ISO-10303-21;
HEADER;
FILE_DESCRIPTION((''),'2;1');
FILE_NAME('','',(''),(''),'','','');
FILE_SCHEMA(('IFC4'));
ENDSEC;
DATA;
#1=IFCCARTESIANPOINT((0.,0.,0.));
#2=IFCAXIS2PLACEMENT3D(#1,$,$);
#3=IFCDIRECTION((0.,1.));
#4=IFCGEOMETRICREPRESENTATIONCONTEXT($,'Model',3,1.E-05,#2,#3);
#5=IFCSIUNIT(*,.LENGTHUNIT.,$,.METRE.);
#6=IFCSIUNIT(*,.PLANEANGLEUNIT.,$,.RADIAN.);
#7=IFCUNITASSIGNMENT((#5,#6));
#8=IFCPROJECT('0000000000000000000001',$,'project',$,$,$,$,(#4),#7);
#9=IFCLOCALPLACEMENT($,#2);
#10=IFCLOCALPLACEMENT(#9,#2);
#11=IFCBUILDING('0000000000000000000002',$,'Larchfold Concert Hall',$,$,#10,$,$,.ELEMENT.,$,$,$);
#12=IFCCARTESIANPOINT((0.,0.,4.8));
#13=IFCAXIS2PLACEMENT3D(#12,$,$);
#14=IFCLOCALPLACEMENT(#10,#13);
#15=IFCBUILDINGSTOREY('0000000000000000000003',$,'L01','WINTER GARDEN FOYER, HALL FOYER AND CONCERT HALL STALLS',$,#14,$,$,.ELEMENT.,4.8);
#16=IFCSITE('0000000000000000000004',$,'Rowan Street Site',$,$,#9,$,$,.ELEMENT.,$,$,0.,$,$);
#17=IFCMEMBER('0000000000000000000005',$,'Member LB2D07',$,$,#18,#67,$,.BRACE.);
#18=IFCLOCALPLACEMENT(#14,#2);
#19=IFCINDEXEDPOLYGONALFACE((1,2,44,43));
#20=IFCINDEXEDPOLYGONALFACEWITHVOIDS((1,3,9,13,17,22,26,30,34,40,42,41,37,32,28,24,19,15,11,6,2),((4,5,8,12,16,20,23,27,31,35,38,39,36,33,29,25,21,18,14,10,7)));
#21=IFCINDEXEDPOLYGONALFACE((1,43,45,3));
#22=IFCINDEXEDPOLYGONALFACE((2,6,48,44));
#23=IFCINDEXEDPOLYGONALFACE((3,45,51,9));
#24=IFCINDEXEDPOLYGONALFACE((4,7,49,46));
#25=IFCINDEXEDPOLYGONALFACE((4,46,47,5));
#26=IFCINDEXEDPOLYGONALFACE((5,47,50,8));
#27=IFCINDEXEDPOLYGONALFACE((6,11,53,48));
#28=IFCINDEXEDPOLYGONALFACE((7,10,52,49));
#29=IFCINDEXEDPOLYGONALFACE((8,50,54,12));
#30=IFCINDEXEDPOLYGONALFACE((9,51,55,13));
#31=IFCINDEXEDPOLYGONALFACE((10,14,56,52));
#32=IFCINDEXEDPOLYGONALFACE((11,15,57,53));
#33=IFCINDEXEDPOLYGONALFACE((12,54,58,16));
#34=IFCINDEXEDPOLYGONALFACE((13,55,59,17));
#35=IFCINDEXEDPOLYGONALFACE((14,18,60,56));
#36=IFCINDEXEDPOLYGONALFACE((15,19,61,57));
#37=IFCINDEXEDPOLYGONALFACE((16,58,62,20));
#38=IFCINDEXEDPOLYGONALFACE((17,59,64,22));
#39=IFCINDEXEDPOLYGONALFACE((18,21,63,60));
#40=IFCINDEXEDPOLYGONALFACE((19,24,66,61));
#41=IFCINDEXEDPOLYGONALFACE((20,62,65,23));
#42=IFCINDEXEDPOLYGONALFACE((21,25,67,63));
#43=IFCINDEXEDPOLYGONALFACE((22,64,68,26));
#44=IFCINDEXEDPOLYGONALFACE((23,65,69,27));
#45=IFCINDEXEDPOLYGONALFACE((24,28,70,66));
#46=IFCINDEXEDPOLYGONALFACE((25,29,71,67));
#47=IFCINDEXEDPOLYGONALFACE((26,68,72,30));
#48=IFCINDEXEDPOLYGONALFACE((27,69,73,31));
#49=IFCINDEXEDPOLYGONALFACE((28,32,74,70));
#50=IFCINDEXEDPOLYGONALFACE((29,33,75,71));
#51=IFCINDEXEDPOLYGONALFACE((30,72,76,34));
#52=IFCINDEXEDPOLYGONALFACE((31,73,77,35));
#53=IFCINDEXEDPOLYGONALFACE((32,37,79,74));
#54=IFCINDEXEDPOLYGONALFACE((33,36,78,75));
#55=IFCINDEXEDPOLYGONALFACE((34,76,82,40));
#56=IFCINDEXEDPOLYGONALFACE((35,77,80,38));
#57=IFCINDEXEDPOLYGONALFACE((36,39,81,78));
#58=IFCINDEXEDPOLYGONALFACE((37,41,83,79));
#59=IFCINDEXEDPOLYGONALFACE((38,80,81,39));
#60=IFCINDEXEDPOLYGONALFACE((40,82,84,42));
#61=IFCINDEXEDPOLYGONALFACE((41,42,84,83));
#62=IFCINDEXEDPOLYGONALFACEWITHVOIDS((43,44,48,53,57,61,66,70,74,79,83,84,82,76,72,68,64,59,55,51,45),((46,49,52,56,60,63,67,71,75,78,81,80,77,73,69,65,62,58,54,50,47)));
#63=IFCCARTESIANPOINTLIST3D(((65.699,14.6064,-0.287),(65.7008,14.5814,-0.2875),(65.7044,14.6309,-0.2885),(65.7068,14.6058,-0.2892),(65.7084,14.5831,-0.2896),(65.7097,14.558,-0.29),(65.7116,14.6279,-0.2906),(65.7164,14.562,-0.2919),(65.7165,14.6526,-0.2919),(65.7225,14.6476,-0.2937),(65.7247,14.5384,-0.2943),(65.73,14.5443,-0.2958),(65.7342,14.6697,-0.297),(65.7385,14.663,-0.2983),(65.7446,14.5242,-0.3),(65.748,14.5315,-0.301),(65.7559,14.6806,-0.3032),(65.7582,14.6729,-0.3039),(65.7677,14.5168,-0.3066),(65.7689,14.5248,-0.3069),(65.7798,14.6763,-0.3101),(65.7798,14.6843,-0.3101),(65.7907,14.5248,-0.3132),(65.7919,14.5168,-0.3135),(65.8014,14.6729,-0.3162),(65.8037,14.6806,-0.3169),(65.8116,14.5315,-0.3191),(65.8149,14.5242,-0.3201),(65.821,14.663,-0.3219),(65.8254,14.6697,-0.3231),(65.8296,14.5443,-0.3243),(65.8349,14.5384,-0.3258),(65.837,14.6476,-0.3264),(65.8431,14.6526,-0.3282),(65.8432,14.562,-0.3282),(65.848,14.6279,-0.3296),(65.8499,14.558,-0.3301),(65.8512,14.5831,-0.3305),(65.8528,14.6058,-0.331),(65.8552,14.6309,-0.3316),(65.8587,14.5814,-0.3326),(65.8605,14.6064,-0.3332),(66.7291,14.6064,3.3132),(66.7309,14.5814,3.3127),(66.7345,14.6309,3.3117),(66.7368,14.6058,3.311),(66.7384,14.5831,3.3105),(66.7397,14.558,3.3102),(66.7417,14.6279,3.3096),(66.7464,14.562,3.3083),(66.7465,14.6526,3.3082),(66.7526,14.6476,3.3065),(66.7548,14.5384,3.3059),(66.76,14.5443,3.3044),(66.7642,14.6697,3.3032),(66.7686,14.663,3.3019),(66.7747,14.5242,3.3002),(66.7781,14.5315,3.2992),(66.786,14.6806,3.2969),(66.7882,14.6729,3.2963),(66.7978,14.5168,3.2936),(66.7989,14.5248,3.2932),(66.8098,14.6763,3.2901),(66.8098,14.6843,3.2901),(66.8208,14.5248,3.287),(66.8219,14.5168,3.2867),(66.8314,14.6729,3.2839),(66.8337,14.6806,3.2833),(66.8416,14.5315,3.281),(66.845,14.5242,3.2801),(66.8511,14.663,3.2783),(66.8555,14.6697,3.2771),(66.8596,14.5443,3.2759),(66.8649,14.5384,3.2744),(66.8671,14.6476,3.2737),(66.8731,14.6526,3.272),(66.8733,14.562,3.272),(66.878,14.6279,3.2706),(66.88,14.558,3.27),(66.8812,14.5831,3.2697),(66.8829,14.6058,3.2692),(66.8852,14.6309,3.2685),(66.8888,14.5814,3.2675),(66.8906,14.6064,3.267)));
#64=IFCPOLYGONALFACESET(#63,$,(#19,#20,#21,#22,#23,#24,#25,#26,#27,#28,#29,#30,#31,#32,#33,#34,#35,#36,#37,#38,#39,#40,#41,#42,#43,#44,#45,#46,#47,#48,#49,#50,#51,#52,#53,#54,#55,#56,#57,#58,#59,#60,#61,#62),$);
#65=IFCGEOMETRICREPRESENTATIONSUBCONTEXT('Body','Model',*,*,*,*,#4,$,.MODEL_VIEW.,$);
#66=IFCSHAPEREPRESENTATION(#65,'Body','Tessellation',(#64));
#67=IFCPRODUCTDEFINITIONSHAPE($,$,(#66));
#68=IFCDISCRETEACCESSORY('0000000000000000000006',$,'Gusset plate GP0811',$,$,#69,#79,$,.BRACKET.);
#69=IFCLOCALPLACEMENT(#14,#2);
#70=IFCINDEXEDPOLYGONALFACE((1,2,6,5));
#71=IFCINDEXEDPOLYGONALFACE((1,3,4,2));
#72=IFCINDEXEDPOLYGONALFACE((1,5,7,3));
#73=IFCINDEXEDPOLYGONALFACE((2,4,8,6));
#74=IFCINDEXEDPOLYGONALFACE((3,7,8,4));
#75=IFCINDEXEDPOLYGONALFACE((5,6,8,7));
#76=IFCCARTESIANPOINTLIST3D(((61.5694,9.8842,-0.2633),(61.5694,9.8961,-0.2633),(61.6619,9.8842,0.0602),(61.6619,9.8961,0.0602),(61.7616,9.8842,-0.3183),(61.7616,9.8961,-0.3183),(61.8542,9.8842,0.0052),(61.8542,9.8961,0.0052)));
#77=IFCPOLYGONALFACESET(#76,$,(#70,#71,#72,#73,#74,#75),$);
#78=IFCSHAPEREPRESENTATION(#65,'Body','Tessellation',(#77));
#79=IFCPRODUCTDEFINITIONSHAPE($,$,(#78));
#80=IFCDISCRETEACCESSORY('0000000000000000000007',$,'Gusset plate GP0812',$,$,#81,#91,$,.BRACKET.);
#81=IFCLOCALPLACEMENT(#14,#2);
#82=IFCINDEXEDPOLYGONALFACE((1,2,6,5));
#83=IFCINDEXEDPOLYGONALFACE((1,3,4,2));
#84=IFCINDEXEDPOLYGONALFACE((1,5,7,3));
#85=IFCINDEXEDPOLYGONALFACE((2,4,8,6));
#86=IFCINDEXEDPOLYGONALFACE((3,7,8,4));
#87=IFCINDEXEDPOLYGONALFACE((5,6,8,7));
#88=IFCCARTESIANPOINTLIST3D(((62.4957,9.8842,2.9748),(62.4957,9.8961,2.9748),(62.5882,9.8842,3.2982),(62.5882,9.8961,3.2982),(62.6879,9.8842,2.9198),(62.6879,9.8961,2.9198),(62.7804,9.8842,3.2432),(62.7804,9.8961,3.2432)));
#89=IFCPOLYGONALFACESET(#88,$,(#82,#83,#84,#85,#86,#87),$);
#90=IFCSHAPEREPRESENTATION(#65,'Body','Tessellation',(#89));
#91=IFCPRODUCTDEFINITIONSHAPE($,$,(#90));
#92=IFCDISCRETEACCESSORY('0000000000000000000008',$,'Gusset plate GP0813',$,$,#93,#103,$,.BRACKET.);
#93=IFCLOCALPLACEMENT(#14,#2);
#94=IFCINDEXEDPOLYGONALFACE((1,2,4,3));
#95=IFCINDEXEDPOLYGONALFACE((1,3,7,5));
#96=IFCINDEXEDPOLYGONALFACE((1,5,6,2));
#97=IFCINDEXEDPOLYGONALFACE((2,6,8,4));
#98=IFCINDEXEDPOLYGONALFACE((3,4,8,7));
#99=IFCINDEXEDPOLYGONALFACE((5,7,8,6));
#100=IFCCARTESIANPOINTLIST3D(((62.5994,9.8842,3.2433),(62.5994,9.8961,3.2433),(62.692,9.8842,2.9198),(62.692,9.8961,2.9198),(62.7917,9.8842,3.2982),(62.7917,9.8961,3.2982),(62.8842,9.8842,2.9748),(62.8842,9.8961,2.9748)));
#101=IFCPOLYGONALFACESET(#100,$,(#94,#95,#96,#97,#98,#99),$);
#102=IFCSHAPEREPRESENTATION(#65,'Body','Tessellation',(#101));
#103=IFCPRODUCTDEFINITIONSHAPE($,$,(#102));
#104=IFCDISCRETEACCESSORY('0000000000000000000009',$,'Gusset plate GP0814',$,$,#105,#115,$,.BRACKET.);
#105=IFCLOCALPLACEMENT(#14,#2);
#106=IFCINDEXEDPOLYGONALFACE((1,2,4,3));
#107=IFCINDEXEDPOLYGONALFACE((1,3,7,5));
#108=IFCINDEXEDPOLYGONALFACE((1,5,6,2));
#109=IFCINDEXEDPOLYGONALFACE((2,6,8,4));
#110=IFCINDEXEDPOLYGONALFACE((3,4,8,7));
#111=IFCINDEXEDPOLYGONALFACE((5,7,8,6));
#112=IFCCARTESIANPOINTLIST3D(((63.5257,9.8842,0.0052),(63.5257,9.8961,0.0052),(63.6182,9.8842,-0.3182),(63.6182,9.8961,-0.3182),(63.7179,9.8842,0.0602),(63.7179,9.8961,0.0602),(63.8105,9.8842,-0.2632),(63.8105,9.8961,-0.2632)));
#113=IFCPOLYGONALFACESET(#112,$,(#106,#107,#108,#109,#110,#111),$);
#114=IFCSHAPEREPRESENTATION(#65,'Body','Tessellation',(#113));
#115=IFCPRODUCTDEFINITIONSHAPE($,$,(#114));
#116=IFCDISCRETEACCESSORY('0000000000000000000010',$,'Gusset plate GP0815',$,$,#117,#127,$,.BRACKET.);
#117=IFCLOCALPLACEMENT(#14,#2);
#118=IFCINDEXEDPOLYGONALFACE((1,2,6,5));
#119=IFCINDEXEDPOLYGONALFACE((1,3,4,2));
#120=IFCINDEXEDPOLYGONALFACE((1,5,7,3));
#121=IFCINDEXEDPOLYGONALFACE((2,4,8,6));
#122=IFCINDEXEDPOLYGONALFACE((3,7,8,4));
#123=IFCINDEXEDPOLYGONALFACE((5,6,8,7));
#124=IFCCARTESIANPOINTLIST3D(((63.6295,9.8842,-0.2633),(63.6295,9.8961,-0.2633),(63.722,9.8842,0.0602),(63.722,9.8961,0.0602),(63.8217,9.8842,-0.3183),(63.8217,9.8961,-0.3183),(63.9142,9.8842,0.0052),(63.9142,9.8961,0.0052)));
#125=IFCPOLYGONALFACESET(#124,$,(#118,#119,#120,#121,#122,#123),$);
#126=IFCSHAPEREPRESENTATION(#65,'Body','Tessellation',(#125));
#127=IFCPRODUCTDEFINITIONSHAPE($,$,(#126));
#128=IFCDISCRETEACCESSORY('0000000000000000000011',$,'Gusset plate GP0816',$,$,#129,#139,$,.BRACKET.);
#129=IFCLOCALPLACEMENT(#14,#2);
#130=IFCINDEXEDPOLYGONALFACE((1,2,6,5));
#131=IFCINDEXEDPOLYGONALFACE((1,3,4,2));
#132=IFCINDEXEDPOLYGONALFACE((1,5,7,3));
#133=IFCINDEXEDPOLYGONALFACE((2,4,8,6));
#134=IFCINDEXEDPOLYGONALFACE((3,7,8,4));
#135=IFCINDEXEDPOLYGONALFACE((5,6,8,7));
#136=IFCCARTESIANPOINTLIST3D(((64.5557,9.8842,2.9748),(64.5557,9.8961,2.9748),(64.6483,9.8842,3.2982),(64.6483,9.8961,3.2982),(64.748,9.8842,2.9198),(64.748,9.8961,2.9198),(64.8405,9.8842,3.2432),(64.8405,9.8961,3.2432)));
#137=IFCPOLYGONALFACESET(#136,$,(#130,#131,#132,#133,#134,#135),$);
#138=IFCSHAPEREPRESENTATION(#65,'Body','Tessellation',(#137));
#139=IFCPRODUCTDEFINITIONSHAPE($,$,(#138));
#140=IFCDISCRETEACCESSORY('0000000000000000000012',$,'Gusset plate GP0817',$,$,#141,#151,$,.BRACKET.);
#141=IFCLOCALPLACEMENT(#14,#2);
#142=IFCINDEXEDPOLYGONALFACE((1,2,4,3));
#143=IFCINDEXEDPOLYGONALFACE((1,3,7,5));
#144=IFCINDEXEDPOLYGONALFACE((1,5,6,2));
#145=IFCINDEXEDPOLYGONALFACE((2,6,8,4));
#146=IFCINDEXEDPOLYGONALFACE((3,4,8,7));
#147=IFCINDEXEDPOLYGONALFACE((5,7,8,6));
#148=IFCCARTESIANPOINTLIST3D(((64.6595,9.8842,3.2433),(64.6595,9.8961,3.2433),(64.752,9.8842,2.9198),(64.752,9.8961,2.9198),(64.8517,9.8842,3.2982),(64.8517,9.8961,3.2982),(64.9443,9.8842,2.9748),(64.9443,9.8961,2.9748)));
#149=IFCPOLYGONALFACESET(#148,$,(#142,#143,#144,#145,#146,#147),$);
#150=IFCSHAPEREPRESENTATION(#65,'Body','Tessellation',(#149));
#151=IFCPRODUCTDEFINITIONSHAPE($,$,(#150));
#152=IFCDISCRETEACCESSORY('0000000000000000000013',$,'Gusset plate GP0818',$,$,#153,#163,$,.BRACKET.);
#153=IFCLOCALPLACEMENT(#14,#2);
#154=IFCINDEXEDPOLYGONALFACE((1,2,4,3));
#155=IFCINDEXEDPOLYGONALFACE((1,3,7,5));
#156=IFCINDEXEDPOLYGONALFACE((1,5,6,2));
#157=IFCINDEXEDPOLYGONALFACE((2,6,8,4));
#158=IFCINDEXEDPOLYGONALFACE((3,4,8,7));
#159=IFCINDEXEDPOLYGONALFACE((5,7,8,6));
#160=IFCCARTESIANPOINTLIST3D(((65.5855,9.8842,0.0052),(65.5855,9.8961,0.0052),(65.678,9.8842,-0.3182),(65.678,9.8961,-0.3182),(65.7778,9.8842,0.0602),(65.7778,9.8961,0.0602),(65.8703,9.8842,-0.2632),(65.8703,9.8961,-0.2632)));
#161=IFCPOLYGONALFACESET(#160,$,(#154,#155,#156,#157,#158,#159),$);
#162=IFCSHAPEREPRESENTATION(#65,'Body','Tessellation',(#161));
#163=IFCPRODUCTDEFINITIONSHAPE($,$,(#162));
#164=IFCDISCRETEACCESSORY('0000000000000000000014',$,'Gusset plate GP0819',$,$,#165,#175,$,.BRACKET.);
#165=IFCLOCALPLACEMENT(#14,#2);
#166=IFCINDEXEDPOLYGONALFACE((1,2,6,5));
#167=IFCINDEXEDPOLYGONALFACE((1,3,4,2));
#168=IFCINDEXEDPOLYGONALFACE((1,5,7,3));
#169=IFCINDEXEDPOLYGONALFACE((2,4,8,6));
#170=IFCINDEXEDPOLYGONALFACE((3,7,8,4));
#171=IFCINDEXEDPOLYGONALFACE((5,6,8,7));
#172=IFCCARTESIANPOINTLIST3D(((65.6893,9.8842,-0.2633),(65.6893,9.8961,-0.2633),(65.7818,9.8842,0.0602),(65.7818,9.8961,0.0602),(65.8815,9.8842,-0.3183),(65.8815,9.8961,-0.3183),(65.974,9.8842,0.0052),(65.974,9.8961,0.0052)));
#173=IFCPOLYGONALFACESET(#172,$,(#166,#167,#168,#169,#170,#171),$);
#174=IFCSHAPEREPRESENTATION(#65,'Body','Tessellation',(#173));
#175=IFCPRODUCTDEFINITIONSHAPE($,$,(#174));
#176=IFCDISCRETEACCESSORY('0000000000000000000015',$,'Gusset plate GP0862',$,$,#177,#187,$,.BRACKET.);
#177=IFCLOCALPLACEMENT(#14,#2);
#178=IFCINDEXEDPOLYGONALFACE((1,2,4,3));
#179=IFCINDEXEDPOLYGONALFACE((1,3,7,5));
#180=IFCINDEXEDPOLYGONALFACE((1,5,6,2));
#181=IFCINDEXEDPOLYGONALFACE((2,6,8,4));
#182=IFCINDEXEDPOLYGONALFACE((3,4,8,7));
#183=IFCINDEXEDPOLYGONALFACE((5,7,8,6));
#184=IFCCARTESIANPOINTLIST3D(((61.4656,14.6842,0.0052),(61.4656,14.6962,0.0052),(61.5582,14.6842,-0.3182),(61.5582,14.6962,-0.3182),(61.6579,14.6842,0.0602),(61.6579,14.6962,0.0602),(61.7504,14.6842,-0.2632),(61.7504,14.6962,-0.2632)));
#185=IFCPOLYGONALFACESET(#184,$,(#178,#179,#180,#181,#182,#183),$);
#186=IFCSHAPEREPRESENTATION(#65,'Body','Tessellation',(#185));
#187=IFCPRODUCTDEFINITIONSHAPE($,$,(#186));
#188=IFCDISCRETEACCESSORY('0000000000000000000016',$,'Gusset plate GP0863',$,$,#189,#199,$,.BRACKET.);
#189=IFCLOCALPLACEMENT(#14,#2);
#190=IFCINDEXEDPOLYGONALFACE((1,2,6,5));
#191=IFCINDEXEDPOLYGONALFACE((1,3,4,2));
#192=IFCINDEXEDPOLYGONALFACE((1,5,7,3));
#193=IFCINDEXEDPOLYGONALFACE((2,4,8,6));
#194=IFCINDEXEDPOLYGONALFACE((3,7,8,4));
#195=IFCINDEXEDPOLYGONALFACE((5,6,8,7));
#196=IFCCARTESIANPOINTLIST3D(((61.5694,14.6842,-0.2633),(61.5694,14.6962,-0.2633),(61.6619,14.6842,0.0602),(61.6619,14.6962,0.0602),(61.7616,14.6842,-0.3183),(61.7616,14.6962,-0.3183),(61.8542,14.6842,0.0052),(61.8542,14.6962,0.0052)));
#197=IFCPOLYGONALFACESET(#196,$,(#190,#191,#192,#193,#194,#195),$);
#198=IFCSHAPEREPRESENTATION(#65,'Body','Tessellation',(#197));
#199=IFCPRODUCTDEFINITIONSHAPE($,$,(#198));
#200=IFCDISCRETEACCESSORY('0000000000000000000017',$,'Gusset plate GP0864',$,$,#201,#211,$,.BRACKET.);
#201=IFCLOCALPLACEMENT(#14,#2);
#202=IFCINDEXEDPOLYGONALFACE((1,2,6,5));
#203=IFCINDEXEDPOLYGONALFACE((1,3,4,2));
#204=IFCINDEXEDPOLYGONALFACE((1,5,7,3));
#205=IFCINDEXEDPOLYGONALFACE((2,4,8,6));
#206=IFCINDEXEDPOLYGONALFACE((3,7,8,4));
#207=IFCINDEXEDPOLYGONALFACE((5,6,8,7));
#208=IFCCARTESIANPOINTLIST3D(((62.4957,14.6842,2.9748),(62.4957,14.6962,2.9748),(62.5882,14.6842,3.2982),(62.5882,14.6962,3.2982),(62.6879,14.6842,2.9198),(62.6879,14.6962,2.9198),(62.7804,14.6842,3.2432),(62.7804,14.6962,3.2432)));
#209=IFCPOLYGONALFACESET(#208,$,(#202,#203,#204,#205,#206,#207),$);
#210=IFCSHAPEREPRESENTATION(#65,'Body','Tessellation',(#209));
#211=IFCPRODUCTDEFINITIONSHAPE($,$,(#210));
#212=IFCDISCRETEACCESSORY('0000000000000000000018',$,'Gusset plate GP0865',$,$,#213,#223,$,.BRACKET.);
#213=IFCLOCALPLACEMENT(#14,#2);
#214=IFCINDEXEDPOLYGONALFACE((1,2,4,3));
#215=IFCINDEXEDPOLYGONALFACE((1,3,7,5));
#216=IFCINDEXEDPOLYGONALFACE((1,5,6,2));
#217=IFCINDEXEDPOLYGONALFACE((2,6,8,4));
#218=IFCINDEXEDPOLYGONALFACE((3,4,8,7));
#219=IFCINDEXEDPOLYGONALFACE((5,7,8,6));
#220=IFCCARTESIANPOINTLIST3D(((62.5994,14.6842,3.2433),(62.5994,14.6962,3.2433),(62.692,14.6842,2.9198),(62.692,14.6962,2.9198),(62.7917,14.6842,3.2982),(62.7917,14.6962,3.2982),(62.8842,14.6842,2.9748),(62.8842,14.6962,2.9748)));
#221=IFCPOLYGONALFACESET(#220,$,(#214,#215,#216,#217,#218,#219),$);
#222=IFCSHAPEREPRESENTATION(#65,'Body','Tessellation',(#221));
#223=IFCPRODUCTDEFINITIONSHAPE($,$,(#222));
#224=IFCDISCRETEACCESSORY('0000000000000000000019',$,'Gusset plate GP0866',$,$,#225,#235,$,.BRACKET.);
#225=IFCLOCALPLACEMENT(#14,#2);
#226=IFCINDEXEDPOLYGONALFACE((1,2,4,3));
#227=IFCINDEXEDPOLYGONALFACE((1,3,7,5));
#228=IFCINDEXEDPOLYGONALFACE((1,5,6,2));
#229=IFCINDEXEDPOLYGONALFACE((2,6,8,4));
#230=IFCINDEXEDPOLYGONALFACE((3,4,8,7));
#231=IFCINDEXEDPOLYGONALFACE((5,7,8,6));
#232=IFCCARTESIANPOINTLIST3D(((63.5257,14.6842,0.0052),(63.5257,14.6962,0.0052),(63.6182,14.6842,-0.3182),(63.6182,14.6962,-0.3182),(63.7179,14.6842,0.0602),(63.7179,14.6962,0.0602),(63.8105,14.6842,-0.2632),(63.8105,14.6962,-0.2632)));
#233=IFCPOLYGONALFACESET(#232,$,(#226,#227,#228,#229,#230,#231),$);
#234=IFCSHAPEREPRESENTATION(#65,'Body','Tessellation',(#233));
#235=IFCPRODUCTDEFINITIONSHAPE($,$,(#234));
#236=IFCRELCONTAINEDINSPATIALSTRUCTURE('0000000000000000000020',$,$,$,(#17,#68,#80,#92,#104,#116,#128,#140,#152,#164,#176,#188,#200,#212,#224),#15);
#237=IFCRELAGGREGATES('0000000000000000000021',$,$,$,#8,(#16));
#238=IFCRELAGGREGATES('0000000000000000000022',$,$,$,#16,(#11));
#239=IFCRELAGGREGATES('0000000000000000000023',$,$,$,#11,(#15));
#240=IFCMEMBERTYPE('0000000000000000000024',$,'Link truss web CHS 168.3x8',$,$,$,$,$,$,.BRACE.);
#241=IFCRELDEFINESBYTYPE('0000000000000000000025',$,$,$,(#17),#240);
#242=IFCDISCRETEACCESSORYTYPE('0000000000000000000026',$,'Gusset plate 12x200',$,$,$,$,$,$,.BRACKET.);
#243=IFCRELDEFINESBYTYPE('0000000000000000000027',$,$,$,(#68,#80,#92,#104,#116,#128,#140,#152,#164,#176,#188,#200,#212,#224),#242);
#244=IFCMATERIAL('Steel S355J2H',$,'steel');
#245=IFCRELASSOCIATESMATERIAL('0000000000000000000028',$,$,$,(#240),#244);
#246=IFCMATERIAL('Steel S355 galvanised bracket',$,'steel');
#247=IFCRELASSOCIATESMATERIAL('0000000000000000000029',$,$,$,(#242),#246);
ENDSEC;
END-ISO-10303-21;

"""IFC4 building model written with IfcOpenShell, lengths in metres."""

from ifc_helpers import new_model, si_unit, direction, frame, origin, origin_2d, place, context, subcontext, project, spatial, rectangle, hollow_circle, extrude, material, material_profile, profile_set, type_object, element, save


model = new_model("IFC4")

# Units and contexts
model_context = context("Model", 3, precision=1e-05, world=origin(), true_north=direction((0.0, 1.0)))
body_context = subcontext(model_context, "Body", "Model", "MODEL_VIEW")
ifc_project = project(units=[si_unit("LENGTHUNIT", "METRE"), si_unit("PLANEANGLEUNIT", "RADIAN")], contexts=[model_context])

# Site, building, storey
site_placement = place(None, origin())
site = spatial("IfcSite", under=ifc_project, at=site_placement, Name="Rowan Street Site", CompositionType="ELEMENT", RefElevation=0.0)
building_placement = place(site_placement, origin())
building = spatial("IfcBuilding", under=site, at=building_placement, Name="Larchfold Concert Hall", CompositionType="ELEMENT")
storey_placement = place(building_placement, frame((0.0, 0.0, 4.8)))
storey = spatial("IfcBuildingStorey", under=building, at=storey_placement, Name="L01", Description="WINTER GARDEN FOYER, HALL FOYER AND CONCERT HALL STALLS", CompositionType="ELEMENT", Elevation=4.8)

# Member
ifc_material_1 = material(Name="Steel S355J2H", Category="steel")
ifc_material_profile_1 = material_profile(ifc_material_1, hollow_circle(Radius=0.0842, WallThickness=0.0081, at=origin_2d()))
ifc_profile_set_1 = profile_set([ifc_material_profile_1], Name="Steel S355J2H")
member_type_1 = type_object("IfcMemberType", Name="Link truss web CHS 168.3x8", PredefinedType="BRACE", material=ifc_profile_set_1)
member_1_placement = place(storey_placement, frame((65.7798, 14.6001, -0.3101), z_axis=(0.275074, 0.0, 0.961423), x_axis=(0.0, 1.0, 0.0)))
element("IfcMember", 1, at=member_1_placement, inside=storey, type_object=member_type_1, Name="Member LB2D07", PredefinedType="BRACE", context=body_context, shape_type="SweptSolid", body=[
    extrude(hollow_circle(Radius=0.0842, WallThickness=0.0081, at=origin_2d()), origin(), (0.0, 0.0, 1.0), 3.7446),
])

# Discrete accessories
ifc_material_2 = material(Name="Steel S355 galvanised bracket", Category="steel")
ifc_material_profile_2 = material_profile(ifc_material_2, rectangle(XDim=0.012, YDim=0.2, at=origin_2d()))
ifc_profile_set_2 = profile_set([ifc_material_profile_2], Name="Steel S355 galvanised bracket")
discrete_accessory_type = type_object("IfcDiscreteAccessoryType", Name="Gusset plate 12x200", PredefinedType="BRACKET", material=ifc_profile_set_2)
for number, where, z_axis, x_axis, name in (
    (2, (61.6655, 9.8901, -0.2908), (0.275009, 0.0, 0.961442), (0.0, 1.0, 0.0), "Gusset plate GP0811"),
    (3, (62.5918, 9.8901, 2.9473), (0.275009, 0.0, 0.961442), (0.0, 1.0, 0.0), "Gusset plate GP0812"),
    (4, (62.6956, 9.8901, 3.2708), (0.275009, 0.0, -0.961442), (0.0, 1.0, 0.0), "Gusset plate GP0813"),
    (5, (63.6218, 9.8901, 0.0327), (0.275009, 0.0, -0.961442), (0.0, 1.0, 0.0), "Gusset plate GP0814"),
    (6, (63.7256, 9.8901, -0.2908), (0.275009, 0.0, 0.961442), (0.0, 1.0, 0.0), "Gusset plate GP0815"),
    (7, (64.6519, 9.8901, 2.9473), (0.275009, 0.0, 0.961442), (0.0, 1.0, 0.0), "Gusset plate GP0816"),
    (8, (64.7556, 9.8901, 3.2708), (0.275009, 0.0, -0.961442), (0.0, 1.0, 0.0), "Gusset plate GP0817"),
    (9, (65.6816, 9.8901, 0.0327), (0.275009, 0.0, -0.961442), (0.0, 1.0, 0.0), "Gusset plate GP0818"),
    (10, (65.7854, 9.8901, -0.2908), (0.275009, 0.0, 0.961442), (0.0, 1.0, 0.0), "Gusset plate GP0819"),
    (11, (61.5618, 14.6902, 0.0327), (0.275009, 0.0, -0.961442), (0.0, 1.0, 0.0), "Gusset plate GP0862"),
    (12, (61.6655, 14.6902, -0.2908), (0.275009, 0.0, 0.961442), (0.0, 1.0, 0.0), "Gusset plate GP0863"),
    (13, (62.5918, 14.6902, 2.9473), (0.275009, 0.0, 0.961442), (0.0, 1.0, 0.0), "Gusset plate GP0864"),
    (14, (62.6956, 14.6902, 3.2708), (0.275009, 0.0, -0.961442), (0.0, 1.0, 0.0), "Gusset plate GP0865"),
    (15, (63.6218, 14.6902, 0.0327), (0.275009, 0.0, -0.961442), (0.0, 1.0, 0.0), "Gusset plate GP0866"),
):
    element("IfcDiscreteAccessory", number, at=place(storey_placement, frame(where, z_axis=z_axis, x_axis=x_axis)), inside=storey, type_object=discrete_accessory_type, Name=name, PredefinedType="BRACKET", context=body_context, shape_type="SweptSolid", body=[
        extrude(rectangle(XDim=0.012, YDim=0.2, at=origin_2d()), origin(), (0.0, 0.0, 1.0), 0.3364),
    ])

save(model, "model.ifc")
